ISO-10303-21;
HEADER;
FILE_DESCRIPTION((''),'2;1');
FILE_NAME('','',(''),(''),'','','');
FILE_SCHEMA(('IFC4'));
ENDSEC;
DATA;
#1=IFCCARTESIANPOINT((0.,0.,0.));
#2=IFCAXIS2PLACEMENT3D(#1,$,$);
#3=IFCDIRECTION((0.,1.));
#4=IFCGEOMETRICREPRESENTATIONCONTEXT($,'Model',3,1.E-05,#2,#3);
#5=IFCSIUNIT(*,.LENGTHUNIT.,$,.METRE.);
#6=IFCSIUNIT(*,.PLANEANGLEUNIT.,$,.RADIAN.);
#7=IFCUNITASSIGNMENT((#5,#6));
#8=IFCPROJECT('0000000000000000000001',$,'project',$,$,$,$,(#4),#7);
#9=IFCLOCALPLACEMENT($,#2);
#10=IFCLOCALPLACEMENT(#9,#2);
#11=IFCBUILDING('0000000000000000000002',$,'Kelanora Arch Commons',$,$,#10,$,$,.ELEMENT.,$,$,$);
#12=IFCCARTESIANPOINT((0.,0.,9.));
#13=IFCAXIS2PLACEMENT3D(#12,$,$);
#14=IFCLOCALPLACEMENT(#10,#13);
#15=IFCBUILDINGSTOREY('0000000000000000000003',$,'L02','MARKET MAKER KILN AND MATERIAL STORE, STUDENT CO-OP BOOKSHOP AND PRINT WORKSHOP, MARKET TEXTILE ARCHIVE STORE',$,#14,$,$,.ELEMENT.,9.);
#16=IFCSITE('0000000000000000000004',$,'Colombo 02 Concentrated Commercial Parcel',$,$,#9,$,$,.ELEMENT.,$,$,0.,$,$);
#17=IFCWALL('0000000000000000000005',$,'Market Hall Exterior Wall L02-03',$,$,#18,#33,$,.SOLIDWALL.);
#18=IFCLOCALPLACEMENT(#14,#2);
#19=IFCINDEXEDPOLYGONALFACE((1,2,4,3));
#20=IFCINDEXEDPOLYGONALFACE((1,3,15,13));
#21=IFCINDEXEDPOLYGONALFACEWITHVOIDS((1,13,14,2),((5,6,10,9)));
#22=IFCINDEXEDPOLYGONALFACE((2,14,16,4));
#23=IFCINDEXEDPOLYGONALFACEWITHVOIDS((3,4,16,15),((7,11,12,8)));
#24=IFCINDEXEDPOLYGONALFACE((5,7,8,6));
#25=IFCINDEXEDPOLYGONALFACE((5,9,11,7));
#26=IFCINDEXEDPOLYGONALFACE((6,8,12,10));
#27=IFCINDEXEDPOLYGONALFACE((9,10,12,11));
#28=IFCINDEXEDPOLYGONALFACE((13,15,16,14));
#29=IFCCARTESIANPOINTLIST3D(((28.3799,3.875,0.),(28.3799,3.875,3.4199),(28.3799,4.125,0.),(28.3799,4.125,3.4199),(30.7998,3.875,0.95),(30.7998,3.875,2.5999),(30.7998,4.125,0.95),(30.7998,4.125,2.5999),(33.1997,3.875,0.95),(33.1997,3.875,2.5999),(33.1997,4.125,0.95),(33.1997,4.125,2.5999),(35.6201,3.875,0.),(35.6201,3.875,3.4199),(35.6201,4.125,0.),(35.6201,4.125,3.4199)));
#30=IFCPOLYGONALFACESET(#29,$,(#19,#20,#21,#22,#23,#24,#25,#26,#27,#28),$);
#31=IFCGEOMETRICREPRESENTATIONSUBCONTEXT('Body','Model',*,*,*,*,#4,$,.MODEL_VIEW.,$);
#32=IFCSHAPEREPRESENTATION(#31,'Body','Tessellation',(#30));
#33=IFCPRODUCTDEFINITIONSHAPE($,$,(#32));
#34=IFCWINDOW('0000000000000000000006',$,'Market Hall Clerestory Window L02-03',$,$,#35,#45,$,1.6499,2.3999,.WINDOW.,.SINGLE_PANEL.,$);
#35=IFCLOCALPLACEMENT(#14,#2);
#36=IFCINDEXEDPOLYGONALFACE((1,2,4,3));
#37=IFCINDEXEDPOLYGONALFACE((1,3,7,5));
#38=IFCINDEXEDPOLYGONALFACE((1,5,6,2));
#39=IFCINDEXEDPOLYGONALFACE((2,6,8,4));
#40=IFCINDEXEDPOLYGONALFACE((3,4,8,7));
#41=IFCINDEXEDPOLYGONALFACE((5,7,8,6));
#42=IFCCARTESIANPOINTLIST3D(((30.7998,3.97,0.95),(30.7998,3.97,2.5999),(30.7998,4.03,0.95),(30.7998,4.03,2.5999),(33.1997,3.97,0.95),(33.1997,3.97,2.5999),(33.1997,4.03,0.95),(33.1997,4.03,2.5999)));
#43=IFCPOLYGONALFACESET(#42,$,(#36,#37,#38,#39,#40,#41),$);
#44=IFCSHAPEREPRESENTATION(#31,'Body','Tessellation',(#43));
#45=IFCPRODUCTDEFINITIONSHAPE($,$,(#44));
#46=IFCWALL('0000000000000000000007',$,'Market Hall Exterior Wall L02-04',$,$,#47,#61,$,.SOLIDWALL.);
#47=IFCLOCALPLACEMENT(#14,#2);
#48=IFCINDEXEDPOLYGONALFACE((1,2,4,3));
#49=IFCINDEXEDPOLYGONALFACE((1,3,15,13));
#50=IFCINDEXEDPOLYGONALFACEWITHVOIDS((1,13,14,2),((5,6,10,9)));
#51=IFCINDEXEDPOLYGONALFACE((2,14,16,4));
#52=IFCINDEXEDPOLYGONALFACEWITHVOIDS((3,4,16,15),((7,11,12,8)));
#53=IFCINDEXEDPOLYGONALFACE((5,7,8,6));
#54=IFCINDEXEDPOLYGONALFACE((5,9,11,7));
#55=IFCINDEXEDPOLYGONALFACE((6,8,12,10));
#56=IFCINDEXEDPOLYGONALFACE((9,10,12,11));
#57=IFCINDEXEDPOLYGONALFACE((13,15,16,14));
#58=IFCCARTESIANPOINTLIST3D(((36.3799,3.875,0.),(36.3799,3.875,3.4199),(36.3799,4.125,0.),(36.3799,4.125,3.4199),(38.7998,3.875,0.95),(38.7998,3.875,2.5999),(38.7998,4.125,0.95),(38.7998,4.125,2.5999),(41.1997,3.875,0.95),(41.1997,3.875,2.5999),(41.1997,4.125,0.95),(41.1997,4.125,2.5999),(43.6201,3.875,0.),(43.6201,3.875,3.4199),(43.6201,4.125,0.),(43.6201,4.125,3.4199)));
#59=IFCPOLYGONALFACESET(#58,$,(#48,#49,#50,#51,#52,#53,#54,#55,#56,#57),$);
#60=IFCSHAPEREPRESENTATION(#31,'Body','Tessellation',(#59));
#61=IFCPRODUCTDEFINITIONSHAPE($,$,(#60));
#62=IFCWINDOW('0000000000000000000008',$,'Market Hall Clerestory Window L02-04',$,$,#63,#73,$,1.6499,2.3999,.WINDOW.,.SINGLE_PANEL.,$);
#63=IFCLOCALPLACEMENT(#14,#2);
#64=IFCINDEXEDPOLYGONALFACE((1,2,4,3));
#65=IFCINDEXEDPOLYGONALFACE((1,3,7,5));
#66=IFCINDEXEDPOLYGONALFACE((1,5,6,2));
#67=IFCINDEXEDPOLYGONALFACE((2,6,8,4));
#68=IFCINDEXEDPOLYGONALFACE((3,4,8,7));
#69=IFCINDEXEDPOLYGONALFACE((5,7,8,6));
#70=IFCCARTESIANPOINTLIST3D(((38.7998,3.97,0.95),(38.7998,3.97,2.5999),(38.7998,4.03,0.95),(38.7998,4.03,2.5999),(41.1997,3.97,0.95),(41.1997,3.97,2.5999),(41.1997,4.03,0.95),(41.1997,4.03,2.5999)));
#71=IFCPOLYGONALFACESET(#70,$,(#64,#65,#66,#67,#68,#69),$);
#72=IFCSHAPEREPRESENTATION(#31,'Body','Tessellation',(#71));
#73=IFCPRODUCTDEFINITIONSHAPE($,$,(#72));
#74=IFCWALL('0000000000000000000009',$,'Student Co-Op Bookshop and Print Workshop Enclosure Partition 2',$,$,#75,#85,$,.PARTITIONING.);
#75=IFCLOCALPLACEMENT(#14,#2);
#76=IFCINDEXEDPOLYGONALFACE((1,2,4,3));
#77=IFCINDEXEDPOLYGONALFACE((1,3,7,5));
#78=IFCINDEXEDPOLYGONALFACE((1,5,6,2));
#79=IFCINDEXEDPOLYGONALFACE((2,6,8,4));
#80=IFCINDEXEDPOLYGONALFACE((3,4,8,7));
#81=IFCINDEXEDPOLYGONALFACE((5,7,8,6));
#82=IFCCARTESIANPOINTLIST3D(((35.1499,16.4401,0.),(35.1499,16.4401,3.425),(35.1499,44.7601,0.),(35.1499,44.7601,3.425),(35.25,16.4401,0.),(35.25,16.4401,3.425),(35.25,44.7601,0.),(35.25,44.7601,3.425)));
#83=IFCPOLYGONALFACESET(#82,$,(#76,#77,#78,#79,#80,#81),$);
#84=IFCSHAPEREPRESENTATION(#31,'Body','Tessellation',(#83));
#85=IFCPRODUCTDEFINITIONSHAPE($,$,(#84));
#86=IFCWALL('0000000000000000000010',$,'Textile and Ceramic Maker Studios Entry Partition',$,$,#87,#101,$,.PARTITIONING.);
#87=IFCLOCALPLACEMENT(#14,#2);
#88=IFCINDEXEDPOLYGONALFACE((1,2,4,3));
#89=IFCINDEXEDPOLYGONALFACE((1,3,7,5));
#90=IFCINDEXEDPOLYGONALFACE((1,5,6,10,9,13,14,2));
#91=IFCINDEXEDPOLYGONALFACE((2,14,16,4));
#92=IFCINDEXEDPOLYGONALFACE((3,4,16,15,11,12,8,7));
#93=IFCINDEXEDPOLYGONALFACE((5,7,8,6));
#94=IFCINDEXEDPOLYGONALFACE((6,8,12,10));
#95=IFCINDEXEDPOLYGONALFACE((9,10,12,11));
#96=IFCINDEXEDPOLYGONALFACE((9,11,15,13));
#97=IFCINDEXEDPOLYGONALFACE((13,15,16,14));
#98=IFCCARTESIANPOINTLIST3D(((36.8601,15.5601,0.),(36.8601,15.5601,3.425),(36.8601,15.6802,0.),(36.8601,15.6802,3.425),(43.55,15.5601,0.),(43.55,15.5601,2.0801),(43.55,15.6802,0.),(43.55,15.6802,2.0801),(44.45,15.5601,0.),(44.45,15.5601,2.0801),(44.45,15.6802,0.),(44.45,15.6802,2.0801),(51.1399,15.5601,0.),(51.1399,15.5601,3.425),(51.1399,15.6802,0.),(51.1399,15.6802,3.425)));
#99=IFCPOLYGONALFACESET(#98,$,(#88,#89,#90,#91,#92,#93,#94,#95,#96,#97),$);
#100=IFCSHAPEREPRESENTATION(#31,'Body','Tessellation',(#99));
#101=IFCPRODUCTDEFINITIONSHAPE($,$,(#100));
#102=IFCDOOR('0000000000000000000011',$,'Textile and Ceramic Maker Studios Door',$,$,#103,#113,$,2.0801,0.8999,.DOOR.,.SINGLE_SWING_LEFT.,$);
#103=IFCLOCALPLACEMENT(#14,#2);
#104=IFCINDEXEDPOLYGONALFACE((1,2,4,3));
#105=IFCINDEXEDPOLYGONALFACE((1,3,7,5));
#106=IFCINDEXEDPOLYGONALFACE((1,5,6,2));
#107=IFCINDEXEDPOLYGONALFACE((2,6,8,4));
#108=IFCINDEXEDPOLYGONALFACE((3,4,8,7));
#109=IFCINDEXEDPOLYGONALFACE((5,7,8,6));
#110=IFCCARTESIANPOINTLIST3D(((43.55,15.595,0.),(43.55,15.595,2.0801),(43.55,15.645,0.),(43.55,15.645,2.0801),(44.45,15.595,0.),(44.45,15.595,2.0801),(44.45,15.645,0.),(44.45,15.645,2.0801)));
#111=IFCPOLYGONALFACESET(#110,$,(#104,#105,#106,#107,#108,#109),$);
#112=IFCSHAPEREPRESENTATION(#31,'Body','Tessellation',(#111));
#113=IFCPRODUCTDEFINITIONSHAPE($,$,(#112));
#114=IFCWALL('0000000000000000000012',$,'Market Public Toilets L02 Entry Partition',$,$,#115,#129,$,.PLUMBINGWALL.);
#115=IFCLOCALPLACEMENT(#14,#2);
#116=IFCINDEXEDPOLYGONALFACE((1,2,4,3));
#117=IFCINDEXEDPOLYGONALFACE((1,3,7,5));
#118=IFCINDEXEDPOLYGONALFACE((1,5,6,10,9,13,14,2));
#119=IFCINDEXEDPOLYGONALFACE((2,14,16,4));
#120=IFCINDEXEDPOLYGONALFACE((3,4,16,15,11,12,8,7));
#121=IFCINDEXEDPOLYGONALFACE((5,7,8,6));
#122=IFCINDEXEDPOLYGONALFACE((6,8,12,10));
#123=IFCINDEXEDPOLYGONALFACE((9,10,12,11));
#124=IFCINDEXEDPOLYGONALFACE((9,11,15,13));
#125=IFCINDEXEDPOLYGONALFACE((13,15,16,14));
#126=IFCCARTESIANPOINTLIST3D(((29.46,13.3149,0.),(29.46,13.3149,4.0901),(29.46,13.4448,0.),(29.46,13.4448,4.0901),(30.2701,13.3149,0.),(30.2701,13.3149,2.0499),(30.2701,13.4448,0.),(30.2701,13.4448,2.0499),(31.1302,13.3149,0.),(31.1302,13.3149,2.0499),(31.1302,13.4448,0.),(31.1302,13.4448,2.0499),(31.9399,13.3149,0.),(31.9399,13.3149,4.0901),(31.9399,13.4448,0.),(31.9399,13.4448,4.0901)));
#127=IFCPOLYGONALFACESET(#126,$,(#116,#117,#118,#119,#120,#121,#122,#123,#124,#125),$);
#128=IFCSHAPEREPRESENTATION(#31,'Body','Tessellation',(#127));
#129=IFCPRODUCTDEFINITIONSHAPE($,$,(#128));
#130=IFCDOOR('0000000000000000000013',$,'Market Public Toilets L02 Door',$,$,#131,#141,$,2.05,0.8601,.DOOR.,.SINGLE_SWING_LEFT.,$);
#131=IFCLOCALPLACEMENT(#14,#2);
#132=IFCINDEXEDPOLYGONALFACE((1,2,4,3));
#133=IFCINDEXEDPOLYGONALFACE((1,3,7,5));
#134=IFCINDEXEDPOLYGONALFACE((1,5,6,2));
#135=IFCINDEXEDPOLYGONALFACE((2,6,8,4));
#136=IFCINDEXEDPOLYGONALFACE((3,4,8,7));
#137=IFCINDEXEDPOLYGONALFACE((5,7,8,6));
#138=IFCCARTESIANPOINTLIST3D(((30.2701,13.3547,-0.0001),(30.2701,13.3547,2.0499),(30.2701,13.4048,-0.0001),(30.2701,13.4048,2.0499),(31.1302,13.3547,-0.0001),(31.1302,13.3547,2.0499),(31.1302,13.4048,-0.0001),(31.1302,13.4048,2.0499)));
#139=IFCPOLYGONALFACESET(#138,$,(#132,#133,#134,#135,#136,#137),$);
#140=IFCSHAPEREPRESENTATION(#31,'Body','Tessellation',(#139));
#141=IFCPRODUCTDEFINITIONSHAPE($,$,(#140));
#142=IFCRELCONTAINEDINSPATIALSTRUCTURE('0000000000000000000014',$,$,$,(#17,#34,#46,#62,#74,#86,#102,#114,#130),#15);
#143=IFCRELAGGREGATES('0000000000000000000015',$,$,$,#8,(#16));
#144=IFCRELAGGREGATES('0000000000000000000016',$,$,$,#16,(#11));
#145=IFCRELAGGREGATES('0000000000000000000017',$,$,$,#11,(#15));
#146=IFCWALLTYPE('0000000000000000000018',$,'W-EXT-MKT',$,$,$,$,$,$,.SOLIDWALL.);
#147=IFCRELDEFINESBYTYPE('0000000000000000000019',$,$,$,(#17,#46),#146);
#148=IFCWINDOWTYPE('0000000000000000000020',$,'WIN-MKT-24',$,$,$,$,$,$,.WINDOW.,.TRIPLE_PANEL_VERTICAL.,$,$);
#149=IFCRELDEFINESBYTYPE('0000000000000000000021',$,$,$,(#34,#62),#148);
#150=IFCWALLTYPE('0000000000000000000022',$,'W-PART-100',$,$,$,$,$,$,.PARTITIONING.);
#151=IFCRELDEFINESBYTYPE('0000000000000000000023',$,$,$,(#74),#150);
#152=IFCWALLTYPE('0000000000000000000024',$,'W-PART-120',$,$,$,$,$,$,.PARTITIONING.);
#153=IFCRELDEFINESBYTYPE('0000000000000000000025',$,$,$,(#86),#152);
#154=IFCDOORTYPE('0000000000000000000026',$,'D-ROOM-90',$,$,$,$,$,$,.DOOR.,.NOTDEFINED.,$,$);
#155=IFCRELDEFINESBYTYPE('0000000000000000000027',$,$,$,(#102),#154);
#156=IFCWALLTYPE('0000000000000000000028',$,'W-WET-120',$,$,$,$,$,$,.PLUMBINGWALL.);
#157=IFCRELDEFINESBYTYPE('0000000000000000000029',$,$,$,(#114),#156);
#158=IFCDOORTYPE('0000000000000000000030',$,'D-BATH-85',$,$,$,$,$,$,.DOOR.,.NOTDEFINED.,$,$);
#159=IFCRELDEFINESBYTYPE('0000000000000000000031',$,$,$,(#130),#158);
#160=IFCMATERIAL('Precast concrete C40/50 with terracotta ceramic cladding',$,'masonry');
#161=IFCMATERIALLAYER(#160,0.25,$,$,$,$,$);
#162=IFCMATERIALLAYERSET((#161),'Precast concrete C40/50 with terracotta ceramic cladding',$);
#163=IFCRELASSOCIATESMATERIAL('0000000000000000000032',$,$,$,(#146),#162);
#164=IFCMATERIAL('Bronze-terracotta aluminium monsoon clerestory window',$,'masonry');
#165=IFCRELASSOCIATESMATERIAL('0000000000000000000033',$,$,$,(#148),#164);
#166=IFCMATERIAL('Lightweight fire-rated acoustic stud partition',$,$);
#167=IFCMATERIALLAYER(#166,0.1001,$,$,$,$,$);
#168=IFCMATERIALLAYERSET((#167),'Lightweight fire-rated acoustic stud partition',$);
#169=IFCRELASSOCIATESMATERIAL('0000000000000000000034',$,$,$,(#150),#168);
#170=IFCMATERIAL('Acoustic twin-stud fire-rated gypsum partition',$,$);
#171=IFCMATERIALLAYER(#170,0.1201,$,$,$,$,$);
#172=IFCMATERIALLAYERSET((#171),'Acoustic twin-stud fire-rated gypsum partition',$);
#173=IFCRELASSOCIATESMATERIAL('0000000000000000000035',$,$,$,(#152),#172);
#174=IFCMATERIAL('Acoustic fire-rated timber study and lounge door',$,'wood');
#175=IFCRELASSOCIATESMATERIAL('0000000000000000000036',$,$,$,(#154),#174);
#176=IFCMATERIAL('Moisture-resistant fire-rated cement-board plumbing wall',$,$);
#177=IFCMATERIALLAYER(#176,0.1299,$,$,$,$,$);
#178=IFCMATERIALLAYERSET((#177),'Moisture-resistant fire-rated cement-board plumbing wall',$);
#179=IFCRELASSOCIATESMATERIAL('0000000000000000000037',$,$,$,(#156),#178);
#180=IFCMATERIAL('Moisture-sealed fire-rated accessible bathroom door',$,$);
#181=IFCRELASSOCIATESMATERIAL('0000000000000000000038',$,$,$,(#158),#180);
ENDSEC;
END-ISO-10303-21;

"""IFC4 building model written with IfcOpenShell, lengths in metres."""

from ifc_helpers import new_model, si_unit, direction, frame, frame_2d, origin, place, context, subcontext, project, spatial, rectangle, extrude, material, layer, layer_set, type_object, element, fill, save


model = new_model("IFC4")

# Units and contexts
model_context = context("Model", 3, precision=1e-05, world=origin(), true_north=direction((0.0, 1.0)))
body_context = subcontext(model_context, "Body", "Model", "MODEL_VIEW")
ifc_project = project(units=[si_unit("LENGTHUNIT", "METRE"), si_unit("PLANEANGLEUNIT", "RADIAN")], contexts=[model_context])

# Site, building, storey
site_placement = place(None, origin())
site = spatial("IfcSite", under=ifc_project, at=site_placement, Name="Colombo 02 Concentrated Commercial Parcel", CompositionType="ELEMENT", RefElevation=0.0)
building_placement = place(site_placement, origin())
building = spatial("IfcBuilding", under=site, at=building_placement, Name="Kelanora Arch Commons", CompositionType="ELEMENT")
storey_placement = place(building_placement, frame((0.0, 0.0, 9.0)))
storey = spatial("IfcBuildingStorey", under=building, at=storey_placement, Name="L02", Description="MARKET MAKER KILN AND MATERIAL STORE, STUDENT CO-OP BOOKSHOP AND PRINT WORKSHOP, MARKET TEXTILE ARCHIVE STORE", CompositionType="ELEMENT", Elevation=9.0)

# Walls, openings, windows
ifc_material_1 = material(Name="Precast concrete C40/50 with terracotta ceramic cladding", Category="masonry")
ifc_layer_1 = layer(ifc_material_1, 0.25)
ifc_layer_set_1 = layer_set([ifc_layer_1], Name="Precast concrete C40/50 with terracotta ceramic cladding")
wall_type_1 = type_object("IfcWallType", Name="W-EXT-MKT", PredefinedType="SOLIDWALL", material=ifc_layer_set_1)
wall_1_placement = place(storey_placement, frame((28.3799, 4.0, 0.0), z_axis=(0.0, 0.0, 1.0), x_axis=(1.0, 0.0, 0.0)))
wall_1 = element("IfcWall", 1, at=wall_1_placement, inside=storey, type_object=wall_type_1, Name="Market Hall Exterior Wall L02-03", PredefinedType="SOLIDWALL", context=body_context, shape_type="SweptSolid", body=[
    extrude(rectangle(XDim=7.2402, YDim=0.25, at=frame_2d((3.6201, 0.0))), origin(), (0.0, 0.0, 1.0), 3.4199),
])
opening_1_placement = place(wall_1_placement, frame((2.4199, 0.0, 0.95)))
opening_1 = element("IfcOpeningElement", 2, at=opening_1_placement, cuts=wall_1, PredefinedType="OPENING", context=body_context, shape_type="SweptSolid", body=[
    extrude(rectangle(XDim=2.3999, YDim=1.6499, at=frame_2d((1.2, 0.825))), frame((0.0, 0.135, 0.0), z_axis=(0.0, -1.0, 0.0), x_axis=(1.0, 0.0, 0.0)), (0.0, 0.0, 1.0), 0.27),
])
ifc_material_2 = material(Name="Bronze-terracotta aluminium monsoon clerestory window", Category="masonry")
window_type = type_object("IfcWindowType", Name="WIN-MKT-24", PartitioningType="TRIPLE_PANEL_VERTICAL", PredefinedType="WINDOW", material=ifc_material_2)
window_1_placement = place(opening_1_placement, origin())
window_1 = element("IfcWindow", 3, at=window_1_placement, inside=storey, type_object=window_type, Name="Market Hall Clerestory Window L02-03", OverallHeight=1.6499, OverallWidth=2.3999, PartitioningType="SINGLE_PANEL", PredefinedType="WINDOW", context=body_context, shape_type="SweptSolid", body=[
    extrude(rectangle(XDim=2.3999, YDim=1.6499, at=frame_2d((1.2, 0.825))), frame((0.0, 0.03, 0.0), z_axis=(0.0, -1.0, 0.0), x_axis=(1.0, 0.0, 0.0)), (0.0, 0.0, 1.0), 0.0601),
])
fill(opening_1, window_1)
wall_2_placement = place(storey_placement, frame((36.3799, 4.0, 0.0), z_axis=(0.0, 0.0, 1.0), x_axis=(1.0, 0.0, 0.0)))
wall_2 = element("IfcWall", 4, at=wall_2_placement, inside=storey, type_object=wall_type_1, Name="Market Hall Exterior Wall L02-04", PredefinedType="SOLIDWALL", context=body_context, shape_type="SweptSolid", body=[
    extrude(rectangle(XDim=7.2402, YDim=0.25, at=frame_2d((3.6201, 0.0))), origin(), (0.0, 0.0, 1.0), 3.4199),
])
opening_2_placement = place(wall_2_placement, frame((2.4199, 0.0, 0.95)))
opening_2 = element("IfcOpeningElement", 5, at=opening_2_placement, cuts=wall_2, PredefinedType="OPENING", context=body_context, shape_type="SweptSolid", body=[
    extrude(rectangle(XDim=2.3999, YDim=1.6499, at=frame_2d((1.2, 0.825))), frame((0.0, 0.135, 0.0), z_axis=(0.0, -1.0, 0.0), x_axis=(1.0, 0.0, 0.0)), (0.0, 0.0, 1.0), 0.27),
])
window_2_placement = place(opening_2_placement, origin())
window_2 = element("IfcWindow", 6, at=window_2_placement, inside=storey, type_object=window_type, Name="Market Hall Clerestory Window L02-04", OverallHeight=1.6499, OverallWidth=2.3999, PartitioningType="SINGLE_PANEL", PredefinedType="WINDOW", context=body_context, shape_type="SweptSolid", body=[
    extrude(rectangle(XDim=2.3999, YDim=1.6499, at=frame_2d((1.2, 0.825))), frame((0.0, 0.03, 0.0), z_axis=(0.0, -1.0, 0.0), x_axis=(1.0, 0.0, 0.0)), (0.0, 0.0, 1.0), 0.0601),
])
fill(opening_2, window_2)

# Wall
ifc_material_3 = material(Name="Lightweight fire-rated acoustic stud partition")
ifc_layer_2 = layer(ifc_material_3, 0.1001)
ifc_layer_set_2 = layer_set([ifc_layer_2], Name="Lightweight fire-rated acoustic stud partition")
wall_type_2 = type_object("IfcWallType", Name="W-PART-100", PredefinedType="PARTITIONING", material=ifc_layer_set_2)
wall_3_placement = place(storey_placement, frame((35.2, 16.4399, 0.0), z_axis=(0.0, 0.0, 1.0), x_axis=(0.0, 1.0, 0.0)))
element("IfcWall", 7, at=wall_3_placement, inside=storey, type_object=wall_type_2, Name="Student Co-Op Bookshop and Print Workshop Enclosure Partition 2", PredefinedType="PARTITIONING", context=body_context, shape_type="SweptSolid", body=[
    extrude(rectangle(XDim=28.3201, YDim=0.1001, at=frame_2d((14.1602, 0.0))), origin(), (0.0, 0.0, 1.0), 3.425),
])

# Walls, openings, doors
ifc_material_4 = material(Name="Acoustic twin-stud fire-rated gypsum partition")
ifc_layer_3 = layer(ifc_material_4, 0.1201)
ifc_layer_set_3 = layer_set([ifc_layer_3], Name="Acoustic twin-stud fire-rated gypsum partition")
wall_type_3 = type_object("IfcWallType", Name="W-PART-120", PredefinedType="PARTITIONING", material=ifc_layer_set_3)
wall_4_placement = place(storey_placement, frame((36.8601, 15.6201, 0.0), z_axis=(0.0, 0.0, 1.0), x_axis=(1.0, 0.0, 0.0)))
wall_4 = element("IfcWall", 8, at=wall_4_placement, inside=storey, type_object=wall_type_3, Name="Textile and Ceramic Maker Studios Entry Partition", PredefinedType="PARTITIONING", context=body_context, shape_type="SweptSolid", body=[
    extrude(rectangle(XDim=14.2798, YDim=0.1201, at=frame_2d((7.1399, 0.0))), origin(), (0.0, 0.0, 1.0), 3.425),
])
opening_3_placement = place(wall_4_placement, frame((6.6899, 0.0, 0.0)))
opening_3 = element("IfcOpeningElement", 9, at=opening_3_placement, cuts=wall_4, PredefinedType="OPENING", context=body_context, shape_type="SweptSolid", body=[
    extrude(rectangle(XDim=0.8999, YDim=2.0801, at=frame_2d((0.45, 1.04))), frame((0.0, 0.0701, 0.0), z_axis=(0.0, -1.0, 0.0), x_axis=(1.0, 0.0, 0.0)), (0.0, 0.0, 1.0), 0.1401),
])
ifc_material_5 = material(Name="Acoustic fire-rated timber study and lounge door", Category="wood")
door_type_1 = type_object("IfcDoorType", Name="D-ROOM-90", OperationType="NOTDEFINED", PredefinedType="DOOR", material=ifc_material_5)
door_1_placement = place(opening_3_placement, origin())
door_1 = element("IfcDoor", 10, at=door_1_placement, inside=storey, type_object=door_type_1, Name="Textile and Ceramic Maker Studios Door", OperationType="SINGLE_SWING_LEFT", OverallHeight=2.0801, OverallWidth=0.8999, PredefinedType="DOOR", context=body_context, shape_type="SweptSolid", body=[
    extrude(rectangle(XDim=0.8999, YDim=2.0801, at=frame_2d((0.45, 1.04))), frame((0.0, 0.0249, 0.0), z_axis=(0.0, -1.0, 0.0), x_axis=(1.0, 0.0, 0.0)), (0.0, 0.0, 1.0), 0.05),
])
fill(opening_3, door_1)
ifc_material_6 = material(Name="Moisture-resistant fire-rated cement-board plumbing wall")
ifc_layer_4 = layer(ifc_material_6, 0.1299)
ifc_layer_set_4 = layer_set([ifc_layer_4], Name="Moisture-resistant fire-rated cement-board plumbing wall")
wall_type_4 = type_object("IfcWallType", Name="W-WET-120", PredefinedType="PLUMBINGWALL", material=ifc_layer_set_4)
wall_5_placement = place(storey_placement, frame((29.46, 13.3799, 0.0), z_axis=(0.0, 0.0, 1.0), x_axis=(1.0, 0.0, 0.0)))
wall_5 = element("IfcWall", 11, at=wall_5_placement, inside=storey, type_object=wall_type_4, Name="Market Public Toilets L02 Entry Partition", PredefinedType="PLUMBINGWALL", context=body_context, shape_type="SweptSolid", body=[
    extrude(rectangle(XDim=2.48, YDim=0.1299, at=frame_2d((1.24, 0.0))), origin(), (0.0, 0.0, 1.0), 4.0901),
])
opening_4_placement = place(wall_5_placement, frame((0.8101, 0.0, 0.0)))
opening_4 = element("IfcOpeningElement", 12, at=opening_4_placement, cuts=wall_5, PredefinedType="OPENING", context=body_context, shape_type="SweptSolid", body=[
    extrude(rectangle(XDim=0.8601, YDim=2.05, at=frame_2d((0.4302, 1.0249))), frame((0.0, 0.075, 0.0), z_axis=(0.0, -1.0, 0.0), x_axis=(1.0, 0.0, 0.0)), (0.0, 0.0, 1.0), 0.1499),
])
ifc_material_7 = material(Name="Moisture-sealed fire-rated accessible bathroom door")
door_type_2 = type_object("IfcDoorType", Name="D-BATH-85", OperationType="NOTDEFINED", PredefinedType="DOOR", material=ifc_material_7)
door_2_placement = place(opening_4_placement, origin())
door_2 = element("IfcDoor", 13, at=door_2_placement, inside=storey, type_object=door_type_2, Name="Market Public Toilets L02 Door", OperationType="SINGLE_SWING_LEFT", OverallHeight=2.05, OverallWidth=0.8601, PredefinedType="DOOR", context=body_context, shape_type="SweptSolid", body=[
    extrude(rectangle(XDim=0.8601, YDim=2.05, at=frame_2d((0.4302, 1.0249))), frame((0.0, 0.0249, 0.0), z_axis=(0.0, -1.0, 0.0), x_axis=(1.0, 0.0, 0.0)), (0.0, 0.0, 1.0), 0.05),
])
fill(opening_4, door_2)

save(model, "model.ifc")
